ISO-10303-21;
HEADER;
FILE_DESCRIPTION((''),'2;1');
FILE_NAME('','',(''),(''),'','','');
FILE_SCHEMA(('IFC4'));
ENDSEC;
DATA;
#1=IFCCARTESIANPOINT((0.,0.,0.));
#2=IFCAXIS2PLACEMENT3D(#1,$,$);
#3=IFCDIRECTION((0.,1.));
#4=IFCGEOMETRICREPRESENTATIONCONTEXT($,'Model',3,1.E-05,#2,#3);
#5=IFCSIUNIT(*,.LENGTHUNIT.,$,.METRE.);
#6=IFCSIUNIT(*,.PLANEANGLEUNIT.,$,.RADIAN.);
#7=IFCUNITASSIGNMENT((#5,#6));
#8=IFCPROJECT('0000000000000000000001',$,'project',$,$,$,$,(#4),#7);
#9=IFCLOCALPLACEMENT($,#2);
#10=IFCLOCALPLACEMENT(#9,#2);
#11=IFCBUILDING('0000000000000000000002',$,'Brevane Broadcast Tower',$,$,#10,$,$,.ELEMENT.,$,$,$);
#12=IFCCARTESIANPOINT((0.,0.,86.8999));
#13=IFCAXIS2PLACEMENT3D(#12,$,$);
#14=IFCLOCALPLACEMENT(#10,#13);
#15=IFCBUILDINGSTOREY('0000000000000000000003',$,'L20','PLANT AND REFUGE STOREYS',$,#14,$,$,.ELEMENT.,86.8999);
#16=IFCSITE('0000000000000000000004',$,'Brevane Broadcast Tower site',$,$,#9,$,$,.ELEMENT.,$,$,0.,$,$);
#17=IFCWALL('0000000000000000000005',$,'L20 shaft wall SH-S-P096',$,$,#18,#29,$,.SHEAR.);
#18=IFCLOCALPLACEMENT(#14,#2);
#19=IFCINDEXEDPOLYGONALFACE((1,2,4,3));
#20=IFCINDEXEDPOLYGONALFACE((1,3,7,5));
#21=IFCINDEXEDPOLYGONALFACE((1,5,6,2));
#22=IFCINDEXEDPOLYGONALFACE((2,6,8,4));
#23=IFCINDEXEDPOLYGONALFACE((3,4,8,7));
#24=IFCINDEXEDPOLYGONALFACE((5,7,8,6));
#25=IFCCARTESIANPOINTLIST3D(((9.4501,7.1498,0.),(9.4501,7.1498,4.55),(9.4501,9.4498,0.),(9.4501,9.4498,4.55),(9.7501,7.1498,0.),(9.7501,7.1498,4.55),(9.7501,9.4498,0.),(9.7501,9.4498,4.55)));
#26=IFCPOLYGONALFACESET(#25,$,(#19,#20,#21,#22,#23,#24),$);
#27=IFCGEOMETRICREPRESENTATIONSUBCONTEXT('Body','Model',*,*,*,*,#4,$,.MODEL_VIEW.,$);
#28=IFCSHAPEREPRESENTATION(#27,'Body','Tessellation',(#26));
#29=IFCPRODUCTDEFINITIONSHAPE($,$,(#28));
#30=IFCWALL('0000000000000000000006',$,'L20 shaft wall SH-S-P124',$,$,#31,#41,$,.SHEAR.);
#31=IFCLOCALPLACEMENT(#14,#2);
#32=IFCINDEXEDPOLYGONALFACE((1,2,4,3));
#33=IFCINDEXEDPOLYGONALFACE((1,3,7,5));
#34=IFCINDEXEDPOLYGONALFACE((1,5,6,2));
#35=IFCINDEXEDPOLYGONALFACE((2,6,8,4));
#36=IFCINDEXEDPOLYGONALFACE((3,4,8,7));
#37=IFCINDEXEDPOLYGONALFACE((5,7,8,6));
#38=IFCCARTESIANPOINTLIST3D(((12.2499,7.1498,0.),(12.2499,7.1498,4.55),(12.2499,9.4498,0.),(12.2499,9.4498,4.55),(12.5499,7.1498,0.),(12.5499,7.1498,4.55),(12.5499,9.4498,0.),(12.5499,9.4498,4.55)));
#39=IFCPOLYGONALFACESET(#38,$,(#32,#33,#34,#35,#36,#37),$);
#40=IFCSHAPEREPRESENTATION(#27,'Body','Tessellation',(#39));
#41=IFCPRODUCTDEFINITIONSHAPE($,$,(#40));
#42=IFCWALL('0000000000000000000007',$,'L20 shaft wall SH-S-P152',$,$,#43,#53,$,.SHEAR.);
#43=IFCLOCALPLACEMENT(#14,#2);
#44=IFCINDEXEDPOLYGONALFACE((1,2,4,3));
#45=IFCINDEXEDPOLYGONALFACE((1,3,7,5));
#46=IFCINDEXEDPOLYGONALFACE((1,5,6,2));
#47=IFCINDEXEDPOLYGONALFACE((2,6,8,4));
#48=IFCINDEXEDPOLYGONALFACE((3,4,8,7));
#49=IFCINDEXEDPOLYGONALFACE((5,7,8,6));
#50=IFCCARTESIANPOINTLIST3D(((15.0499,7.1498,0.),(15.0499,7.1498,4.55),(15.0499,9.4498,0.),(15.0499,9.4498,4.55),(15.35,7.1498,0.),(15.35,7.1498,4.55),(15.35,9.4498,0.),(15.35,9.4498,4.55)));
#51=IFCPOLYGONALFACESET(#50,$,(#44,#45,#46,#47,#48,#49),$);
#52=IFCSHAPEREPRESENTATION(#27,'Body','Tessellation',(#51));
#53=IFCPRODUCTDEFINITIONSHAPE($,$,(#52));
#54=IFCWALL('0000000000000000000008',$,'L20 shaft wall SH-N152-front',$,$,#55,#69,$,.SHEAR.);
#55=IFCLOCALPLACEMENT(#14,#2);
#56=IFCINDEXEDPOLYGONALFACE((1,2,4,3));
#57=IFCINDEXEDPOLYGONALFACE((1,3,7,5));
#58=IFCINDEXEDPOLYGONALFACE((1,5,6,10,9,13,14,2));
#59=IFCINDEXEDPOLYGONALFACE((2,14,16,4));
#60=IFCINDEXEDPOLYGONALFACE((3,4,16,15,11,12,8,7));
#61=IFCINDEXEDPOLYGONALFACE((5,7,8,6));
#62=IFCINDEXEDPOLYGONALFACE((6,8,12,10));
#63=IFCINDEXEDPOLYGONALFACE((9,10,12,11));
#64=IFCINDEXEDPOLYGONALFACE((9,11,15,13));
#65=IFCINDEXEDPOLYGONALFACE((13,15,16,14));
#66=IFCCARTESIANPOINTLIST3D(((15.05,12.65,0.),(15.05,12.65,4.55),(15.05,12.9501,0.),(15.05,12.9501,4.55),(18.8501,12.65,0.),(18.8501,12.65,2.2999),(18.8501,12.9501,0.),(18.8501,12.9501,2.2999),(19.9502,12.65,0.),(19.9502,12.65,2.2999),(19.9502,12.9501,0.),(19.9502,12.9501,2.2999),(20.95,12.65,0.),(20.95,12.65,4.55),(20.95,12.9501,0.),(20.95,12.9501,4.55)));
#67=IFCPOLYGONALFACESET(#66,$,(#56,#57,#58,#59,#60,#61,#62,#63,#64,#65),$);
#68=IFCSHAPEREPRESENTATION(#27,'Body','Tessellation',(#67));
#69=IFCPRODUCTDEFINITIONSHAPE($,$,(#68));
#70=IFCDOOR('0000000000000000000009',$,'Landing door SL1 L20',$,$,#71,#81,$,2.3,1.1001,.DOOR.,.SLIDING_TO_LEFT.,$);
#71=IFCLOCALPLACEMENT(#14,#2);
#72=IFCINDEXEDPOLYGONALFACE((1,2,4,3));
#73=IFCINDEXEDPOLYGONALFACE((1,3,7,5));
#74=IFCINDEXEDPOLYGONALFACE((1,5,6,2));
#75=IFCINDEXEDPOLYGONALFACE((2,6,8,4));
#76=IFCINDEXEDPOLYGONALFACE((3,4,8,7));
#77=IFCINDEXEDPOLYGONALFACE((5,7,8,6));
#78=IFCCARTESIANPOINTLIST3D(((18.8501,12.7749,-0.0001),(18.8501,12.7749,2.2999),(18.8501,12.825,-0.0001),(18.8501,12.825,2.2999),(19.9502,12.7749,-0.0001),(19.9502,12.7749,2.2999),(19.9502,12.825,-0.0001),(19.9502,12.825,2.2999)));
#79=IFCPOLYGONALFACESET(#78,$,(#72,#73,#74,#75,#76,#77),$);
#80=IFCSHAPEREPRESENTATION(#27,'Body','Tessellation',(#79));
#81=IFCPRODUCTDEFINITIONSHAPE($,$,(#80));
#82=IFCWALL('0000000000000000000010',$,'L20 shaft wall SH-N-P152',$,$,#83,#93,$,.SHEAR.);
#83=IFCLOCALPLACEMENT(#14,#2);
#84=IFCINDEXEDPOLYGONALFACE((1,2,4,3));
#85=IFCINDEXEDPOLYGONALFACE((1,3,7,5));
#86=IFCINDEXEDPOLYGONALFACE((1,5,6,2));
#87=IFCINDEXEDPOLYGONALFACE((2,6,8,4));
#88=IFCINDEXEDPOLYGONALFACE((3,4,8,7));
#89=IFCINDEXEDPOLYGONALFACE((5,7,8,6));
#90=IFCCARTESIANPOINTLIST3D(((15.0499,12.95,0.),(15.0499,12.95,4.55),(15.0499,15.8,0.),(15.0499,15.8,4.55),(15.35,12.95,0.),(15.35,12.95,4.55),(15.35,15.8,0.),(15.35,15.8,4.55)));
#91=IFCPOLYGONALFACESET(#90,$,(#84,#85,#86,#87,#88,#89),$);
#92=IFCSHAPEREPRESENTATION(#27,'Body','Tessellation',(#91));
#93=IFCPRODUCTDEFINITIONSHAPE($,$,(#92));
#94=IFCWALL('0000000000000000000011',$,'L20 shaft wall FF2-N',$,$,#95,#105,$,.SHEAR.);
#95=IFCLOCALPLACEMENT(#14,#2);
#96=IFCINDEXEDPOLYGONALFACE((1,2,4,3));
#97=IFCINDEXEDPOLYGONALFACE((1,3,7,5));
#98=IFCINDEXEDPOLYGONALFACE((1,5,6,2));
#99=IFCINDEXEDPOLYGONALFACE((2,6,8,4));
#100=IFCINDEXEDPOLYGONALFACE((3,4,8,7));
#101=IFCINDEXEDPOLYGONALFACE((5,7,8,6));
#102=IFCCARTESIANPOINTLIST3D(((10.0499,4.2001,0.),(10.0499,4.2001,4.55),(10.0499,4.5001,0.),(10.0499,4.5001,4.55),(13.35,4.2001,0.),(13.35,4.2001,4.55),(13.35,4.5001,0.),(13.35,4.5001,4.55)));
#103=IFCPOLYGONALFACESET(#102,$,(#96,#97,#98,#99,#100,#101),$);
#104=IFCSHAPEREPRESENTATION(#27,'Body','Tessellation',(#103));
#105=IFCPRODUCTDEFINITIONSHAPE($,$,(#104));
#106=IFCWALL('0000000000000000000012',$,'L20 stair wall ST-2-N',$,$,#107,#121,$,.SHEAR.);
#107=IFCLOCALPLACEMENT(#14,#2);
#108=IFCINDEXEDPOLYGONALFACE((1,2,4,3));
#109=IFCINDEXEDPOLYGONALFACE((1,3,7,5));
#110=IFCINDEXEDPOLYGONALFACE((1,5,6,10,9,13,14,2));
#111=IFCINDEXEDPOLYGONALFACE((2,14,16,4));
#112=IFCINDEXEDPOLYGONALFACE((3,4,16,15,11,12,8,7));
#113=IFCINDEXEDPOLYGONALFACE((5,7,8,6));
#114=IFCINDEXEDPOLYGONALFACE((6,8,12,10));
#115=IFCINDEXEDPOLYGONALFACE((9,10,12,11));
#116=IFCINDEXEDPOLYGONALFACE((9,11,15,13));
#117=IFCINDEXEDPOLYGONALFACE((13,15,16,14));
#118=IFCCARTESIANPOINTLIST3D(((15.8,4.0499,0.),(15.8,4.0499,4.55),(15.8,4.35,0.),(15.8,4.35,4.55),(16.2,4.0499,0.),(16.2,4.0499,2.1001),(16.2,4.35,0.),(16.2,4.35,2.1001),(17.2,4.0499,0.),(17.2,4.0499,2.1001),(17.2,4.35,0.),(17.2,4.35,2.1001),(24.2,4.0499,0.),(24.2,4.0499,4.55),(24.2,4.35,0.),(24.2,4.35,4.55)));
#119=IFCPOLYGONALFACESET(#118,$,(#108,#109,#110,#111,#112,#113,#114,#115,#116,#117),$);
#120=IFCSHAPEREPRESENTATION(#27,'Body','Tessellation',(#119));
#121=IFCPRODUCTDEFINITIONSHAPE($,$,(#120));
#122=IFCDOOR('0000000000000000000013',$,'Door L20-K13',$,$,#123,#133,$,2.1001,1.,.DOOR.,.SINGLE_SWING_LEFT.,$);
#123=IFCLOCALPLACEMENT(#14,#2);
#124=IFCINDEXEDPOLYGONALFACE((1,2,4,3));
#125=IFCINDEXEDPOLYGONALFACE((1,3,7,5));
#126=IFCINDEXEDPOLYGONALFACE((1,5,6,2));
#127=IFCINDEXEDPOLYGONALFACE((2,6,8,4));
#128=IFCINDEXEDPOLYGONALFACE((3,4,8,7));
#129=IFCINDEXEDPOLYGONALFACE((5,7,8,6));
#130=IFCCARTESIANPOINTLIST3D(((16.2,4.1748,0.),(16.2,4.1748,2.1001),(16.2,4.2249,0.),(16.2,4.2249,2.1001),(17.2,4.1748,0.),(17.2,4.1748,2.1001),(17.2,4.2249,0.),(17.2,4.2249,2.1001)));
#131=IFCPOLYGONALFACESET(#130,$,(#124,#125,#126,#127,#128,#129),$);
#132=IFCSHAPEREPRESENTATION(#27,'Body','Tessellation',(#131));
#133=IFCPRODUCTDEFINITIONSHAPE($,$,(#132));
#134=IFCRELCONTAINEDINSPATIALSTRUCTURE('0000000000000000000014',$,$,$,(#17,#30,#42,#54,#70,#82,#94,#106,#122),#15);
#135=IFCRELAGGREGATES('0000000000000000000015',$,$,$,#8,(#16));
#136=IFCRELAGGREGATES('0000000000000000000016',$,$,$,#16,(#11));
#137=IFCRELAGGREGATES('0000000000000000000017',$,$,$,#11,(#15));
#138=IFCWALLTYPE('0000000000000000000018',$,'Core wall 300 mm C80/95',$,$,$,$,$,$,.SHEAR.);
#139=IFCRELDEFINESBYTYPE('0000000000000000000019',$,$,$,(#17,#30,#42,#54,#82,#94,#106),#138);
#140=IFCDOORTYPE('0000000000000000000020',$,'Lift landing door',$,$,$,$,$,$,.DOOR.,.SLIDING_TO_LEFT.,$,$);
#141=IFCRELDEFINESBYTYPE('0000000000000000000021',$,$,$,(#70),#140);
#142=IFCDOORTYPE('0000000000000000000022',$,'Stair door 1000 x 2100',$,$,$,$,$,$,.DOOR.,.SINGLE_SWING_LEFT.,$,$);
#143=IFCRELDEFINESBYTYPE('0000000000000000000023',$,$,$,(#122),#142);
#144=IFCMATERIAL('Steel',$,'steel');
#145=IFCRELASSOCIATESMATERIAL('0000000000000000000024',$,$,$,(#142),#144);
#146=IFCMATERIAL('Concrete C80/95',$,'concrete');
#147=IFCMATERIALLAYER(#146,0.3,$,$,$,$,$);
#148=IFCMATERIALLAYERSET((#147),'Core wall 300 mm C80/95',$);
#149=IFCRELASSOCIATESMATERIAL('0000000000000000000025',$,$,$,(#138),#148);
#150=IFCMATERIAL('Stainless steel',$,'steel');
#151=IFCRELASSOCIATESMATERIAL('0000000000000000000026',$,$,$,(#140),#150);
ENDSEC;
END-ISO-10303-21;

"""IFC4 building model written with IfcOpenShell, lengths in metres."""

from ifc_helpers import new_model, si_unit, direction, frame, frame_2d, origin, place, context, subcontext, project, spatial, rectangle, extrude, material, layer, layer_set, type_object, element, fill, save


model = new_model("IFC4")

# Units and contexts
model_context = context("Model", 3, precision=1e-05, world=origin(), true_north=direction((0.0, 1.0)))
body_context = subcontext(model_context, "Body", "Model", "MODEL_VIEW")
ifc_project = project(units=[si_unit("LENGTHUNIT", "METRE"), si_unit("PLANEANGLEUNIT", "RADIAN")], contexts=[model_context])

# Site, building, storey
site_placement = place(None, origin())
site = spatial("IfcSite", under=ifc_project, at=site_placement, Name="Brevane Broadcast Tower site", CompositionType="ELEMENT", RefElevation=0.0)
building_placement = place(site_placement, origin())
building = spatial("IfcBuilding", under=site, at=building_placement, Name="Brevane Broadcast Tower", CompositionType="ELEMENT")
storey_placement = place(building_placement, frame((0.0, 0.0, 86.8999)))
storey = spatial("IfcBuildingStorey", under=building, at=storey_placement, Name="L20", Description="PLANT AND REFUGE STOREYS", CompositionType="ELEMENT", Elevation=86.8999)

# Shared definitions
ifc_material_1 = material(Name="Steel", Category="steel")
door_type_1 = type_object("IfcDoorType", Name="Stair door 1000 x 2100", OperationType="SINGLE_SWING_LEFT", PredefinedType="DOOR", material=ifc_material_1)

# Walls
ifc_material_2 = material(Name="Concrete C80/95", Category="concrete")
ifc_layer_1 = layer(ifc_material_2, 0.3)
ifc_layer_set_1 = layer_set([ifc_layer_1], Name="Core wall 300 mm C80/95")
wall_type_1 = type_object("IfcWallType", Name="Core wall 300 mm C80/95", PredefinedType="SHEAR", material=ifc_layer_set_1)
for number, where, z_axis, x_axis, name in (
    (1, (9.6001, 7.1499, 0.0), (0.0, 0.0, 1.0), (0.0, 1.0, 0.0), "L20 shaft wall SH-S-P096"),
    (2, (12.3999, 7.1499, 0.0), (0.0, 0.0, 1.0), (0.0, 1.0, 0.0), "L20 shaft wall SH-S-P124"),
    (3, (15.2, 7.1499, 0.0), (0.0, 0.0, 1.0), (0.0, 1.0, 0.0), "L20 shaft wall SH-S-P152"),
):
    element("IfcWall", number, at=place(storey_placement, frame(where, z_axis=z_axis, x_axis=x_axis)), inside=storey, type_object=wall_type_1, Name=name, PredefinedType="SHEAR", context=body_context, shape_type="SweptSolid", body=[
        extrude(rectangle(XDim=2.3, YDim=0.3, at=frame_2d((1.1499, 0.0))), origin(), (0.0, 0.0, 1.0), 4.55),
    ])

# Wall, opening, door
wall_1_placement = place(storey_placement, frame((15.05, 12.8, 0.0), z_axis=(0.0, 0.0, 1.0), x_axis=(1.0, 0.0, 0.0)))
wall_1 = element("IfcWall", 4, at=wall_1_placement, inside=storey, type_object=wall_type_1, Name="L20 shaft wall SH-N152-front", PredefinedType="SHEAR", context=body_context, shape_type="SweptSolid", body=[
    extrude(rectangle(XDim=5.8999, YDim=0.3, at=frame_2d((2.95, 0.0))), origin(), (0.0, 0.0, 1.0), 4.55),
])
opening_1_placement = place(wall_1_placement, frame((3.8, 0.0, 0.0)))
opening_1 = element("IfcOpeningElement", 5, at=opening_1_placement, cuts=wall_1, PredefinedType="OPENING", context=body_context, shape_type="SweptSolid", body=[
    extrude(rectangle(XDim=1.1001, YDim=2.3, at=frame_2d((0.55, 1.1499))), frame((0.0, 0.1599, 0.0), z_axis=(0.0, -1.0, 0.0), x_axis=(1.0, 0.0, 0.0)), (0.0, 0.0, 1.0), 0.3201),
])
ifc_material_3 = material(Name="Stainless steel", Category="steel")
door_type_2 = type_object("IfcDoorType", Name="Lift landing door", OperationType="SLIDING_TO_LEFT", PredefinedType="DOOR", material=ifc_material_3)
door_1_placement = place(opening_1_placement, origin())
door_1 = element("IfcDoor", 6, at=door_1_placement, inside=storey, type_object=door_type_2, Name="Landing door SL1 L20", OperationType="SLIDING_TO_LEFT", OverallHeight=2.3, OverallWidth=1.1001, PredefinedType="DOOR", context=body_context, shape_type="SweptSolid", body=[
    extrude(rectangle(XDim=1.1001, YDim=2.3, at=frame_2d((0.55, 1.1499))), frame((0.0, 0.0249, 0.0), z_axis=(0.0, -1.0, 0.0), x_axis=(1.0, 0.0, 0.0)), (0.0, 0.0, 1.0), 0.05),
])
fill(opening_1, door_1)

# Walls
wall_2_placement = place(storey_placement, frame((15.2, 12.95, 0.0), z_axis=(0.0, 0.0, 1.0), x_axis=(0.0, 1.0, 0.0)))
element("IfcWall", 7, at=wall_2_placement, inside=storey, type_object=wall_type_1, Name="L20 shaft wall SH-N-P152", PredefinedType="SHEAR", context=body_context, shape_type="SweptSolid", body=[
    extrude(rectangle(XDim=2.8501, YDim=0.3, at=frame_2d((1.425, 0.0))), origin(), (0.0, 0.0, 1.0), 4.55),
])
wall_3_placement = place(storey_placement, frame((10.05, 4.3501, 0.0), z_axis=(0.0, 0.0, 1.0), x_axis=(1.0, 0.0, 0.0)))
element("IfcWall", 8, at=wall_3_placement, inside=storey, type_object=wall_type_1, Name="L20 shaft wall FF2-N", PredefinedType="SHEAR", context=body_context, shape_type="SweptSolid", body=[
    extrude(rectangle(XDim=3.3, YDim=0.3, at=frame_2d((1.6499, 0.0))), origin(), (0.0, 0.0, 1.0), 4.55),
])

# Wall, opening, door
wall_4_placement = place(storey_placement, frame((15.8, 4.2, 0.0), z_axis=(0.0, 0.0, 1.0), x_axis=(1.0, 0.0, 0.0)))
wall_4 = element("IfcWall", 9, at=wall_4_placement, inside=storey, type_object=wall_type_1, Name="L20 stair wall ST-2-N", PredefinedType="SHEAR", context=body_context, shape_type="SweptSolid", body=[
    extrude(rectangle(XDim=8.3999, YDim=0.3, at=frame_2d((4.2, 0.0))), origin(), (0.0, 0.0, 1.0), 4.55),
])
opening_2_placement = place(wall_4_placement, frame((0.3999, 0.0, 0.0)))
opening_2 = element("IfcOpeningElement", 10, at=opening_2_placement, cuts=wall_4, PredefinedType="OPENING", context=body_context, shape_type="SweptSolid", body=[
    extrude(rectangle(XDim=1.0, YDim=2.1001, at=frame_2d((0.5, 1.05))), frame((0.0, 0.1599, 0.0), z_axis=(0.0, -1.0, 0.0), x_axis=(1.0, 0.0, 0.0)), (0.0, 0.0, 1.0), 0.3201),
])
door_2_placement = place(opening_2_placement, origin())
door_2 = element("IfcDoor", 11, at=door_2_placement, inside=storey, type_object=door_type_1, Name="Door L20-K13", OperationType="SINGLE_SWING_LEFT", OverallHeight=2.1001, OverallWidth=1.0, PredefinedType="DOOR", context=body_context, shape_type="SweptSolid", body=[
    extrude(rectangle(XDim=1.0, YDim=2.1001, at=frame_2d((0.5, 1.05))), frame((0.0, 0.0249, 0.0), z_axis=(0.0, -1.0, 0.0), x_axis=(1.0, 0.0, 0.0)), (0.0, 0.0, 1.0), 0.05),
])
fill(opening_2, door_2)

save(model, "model.ifc")
